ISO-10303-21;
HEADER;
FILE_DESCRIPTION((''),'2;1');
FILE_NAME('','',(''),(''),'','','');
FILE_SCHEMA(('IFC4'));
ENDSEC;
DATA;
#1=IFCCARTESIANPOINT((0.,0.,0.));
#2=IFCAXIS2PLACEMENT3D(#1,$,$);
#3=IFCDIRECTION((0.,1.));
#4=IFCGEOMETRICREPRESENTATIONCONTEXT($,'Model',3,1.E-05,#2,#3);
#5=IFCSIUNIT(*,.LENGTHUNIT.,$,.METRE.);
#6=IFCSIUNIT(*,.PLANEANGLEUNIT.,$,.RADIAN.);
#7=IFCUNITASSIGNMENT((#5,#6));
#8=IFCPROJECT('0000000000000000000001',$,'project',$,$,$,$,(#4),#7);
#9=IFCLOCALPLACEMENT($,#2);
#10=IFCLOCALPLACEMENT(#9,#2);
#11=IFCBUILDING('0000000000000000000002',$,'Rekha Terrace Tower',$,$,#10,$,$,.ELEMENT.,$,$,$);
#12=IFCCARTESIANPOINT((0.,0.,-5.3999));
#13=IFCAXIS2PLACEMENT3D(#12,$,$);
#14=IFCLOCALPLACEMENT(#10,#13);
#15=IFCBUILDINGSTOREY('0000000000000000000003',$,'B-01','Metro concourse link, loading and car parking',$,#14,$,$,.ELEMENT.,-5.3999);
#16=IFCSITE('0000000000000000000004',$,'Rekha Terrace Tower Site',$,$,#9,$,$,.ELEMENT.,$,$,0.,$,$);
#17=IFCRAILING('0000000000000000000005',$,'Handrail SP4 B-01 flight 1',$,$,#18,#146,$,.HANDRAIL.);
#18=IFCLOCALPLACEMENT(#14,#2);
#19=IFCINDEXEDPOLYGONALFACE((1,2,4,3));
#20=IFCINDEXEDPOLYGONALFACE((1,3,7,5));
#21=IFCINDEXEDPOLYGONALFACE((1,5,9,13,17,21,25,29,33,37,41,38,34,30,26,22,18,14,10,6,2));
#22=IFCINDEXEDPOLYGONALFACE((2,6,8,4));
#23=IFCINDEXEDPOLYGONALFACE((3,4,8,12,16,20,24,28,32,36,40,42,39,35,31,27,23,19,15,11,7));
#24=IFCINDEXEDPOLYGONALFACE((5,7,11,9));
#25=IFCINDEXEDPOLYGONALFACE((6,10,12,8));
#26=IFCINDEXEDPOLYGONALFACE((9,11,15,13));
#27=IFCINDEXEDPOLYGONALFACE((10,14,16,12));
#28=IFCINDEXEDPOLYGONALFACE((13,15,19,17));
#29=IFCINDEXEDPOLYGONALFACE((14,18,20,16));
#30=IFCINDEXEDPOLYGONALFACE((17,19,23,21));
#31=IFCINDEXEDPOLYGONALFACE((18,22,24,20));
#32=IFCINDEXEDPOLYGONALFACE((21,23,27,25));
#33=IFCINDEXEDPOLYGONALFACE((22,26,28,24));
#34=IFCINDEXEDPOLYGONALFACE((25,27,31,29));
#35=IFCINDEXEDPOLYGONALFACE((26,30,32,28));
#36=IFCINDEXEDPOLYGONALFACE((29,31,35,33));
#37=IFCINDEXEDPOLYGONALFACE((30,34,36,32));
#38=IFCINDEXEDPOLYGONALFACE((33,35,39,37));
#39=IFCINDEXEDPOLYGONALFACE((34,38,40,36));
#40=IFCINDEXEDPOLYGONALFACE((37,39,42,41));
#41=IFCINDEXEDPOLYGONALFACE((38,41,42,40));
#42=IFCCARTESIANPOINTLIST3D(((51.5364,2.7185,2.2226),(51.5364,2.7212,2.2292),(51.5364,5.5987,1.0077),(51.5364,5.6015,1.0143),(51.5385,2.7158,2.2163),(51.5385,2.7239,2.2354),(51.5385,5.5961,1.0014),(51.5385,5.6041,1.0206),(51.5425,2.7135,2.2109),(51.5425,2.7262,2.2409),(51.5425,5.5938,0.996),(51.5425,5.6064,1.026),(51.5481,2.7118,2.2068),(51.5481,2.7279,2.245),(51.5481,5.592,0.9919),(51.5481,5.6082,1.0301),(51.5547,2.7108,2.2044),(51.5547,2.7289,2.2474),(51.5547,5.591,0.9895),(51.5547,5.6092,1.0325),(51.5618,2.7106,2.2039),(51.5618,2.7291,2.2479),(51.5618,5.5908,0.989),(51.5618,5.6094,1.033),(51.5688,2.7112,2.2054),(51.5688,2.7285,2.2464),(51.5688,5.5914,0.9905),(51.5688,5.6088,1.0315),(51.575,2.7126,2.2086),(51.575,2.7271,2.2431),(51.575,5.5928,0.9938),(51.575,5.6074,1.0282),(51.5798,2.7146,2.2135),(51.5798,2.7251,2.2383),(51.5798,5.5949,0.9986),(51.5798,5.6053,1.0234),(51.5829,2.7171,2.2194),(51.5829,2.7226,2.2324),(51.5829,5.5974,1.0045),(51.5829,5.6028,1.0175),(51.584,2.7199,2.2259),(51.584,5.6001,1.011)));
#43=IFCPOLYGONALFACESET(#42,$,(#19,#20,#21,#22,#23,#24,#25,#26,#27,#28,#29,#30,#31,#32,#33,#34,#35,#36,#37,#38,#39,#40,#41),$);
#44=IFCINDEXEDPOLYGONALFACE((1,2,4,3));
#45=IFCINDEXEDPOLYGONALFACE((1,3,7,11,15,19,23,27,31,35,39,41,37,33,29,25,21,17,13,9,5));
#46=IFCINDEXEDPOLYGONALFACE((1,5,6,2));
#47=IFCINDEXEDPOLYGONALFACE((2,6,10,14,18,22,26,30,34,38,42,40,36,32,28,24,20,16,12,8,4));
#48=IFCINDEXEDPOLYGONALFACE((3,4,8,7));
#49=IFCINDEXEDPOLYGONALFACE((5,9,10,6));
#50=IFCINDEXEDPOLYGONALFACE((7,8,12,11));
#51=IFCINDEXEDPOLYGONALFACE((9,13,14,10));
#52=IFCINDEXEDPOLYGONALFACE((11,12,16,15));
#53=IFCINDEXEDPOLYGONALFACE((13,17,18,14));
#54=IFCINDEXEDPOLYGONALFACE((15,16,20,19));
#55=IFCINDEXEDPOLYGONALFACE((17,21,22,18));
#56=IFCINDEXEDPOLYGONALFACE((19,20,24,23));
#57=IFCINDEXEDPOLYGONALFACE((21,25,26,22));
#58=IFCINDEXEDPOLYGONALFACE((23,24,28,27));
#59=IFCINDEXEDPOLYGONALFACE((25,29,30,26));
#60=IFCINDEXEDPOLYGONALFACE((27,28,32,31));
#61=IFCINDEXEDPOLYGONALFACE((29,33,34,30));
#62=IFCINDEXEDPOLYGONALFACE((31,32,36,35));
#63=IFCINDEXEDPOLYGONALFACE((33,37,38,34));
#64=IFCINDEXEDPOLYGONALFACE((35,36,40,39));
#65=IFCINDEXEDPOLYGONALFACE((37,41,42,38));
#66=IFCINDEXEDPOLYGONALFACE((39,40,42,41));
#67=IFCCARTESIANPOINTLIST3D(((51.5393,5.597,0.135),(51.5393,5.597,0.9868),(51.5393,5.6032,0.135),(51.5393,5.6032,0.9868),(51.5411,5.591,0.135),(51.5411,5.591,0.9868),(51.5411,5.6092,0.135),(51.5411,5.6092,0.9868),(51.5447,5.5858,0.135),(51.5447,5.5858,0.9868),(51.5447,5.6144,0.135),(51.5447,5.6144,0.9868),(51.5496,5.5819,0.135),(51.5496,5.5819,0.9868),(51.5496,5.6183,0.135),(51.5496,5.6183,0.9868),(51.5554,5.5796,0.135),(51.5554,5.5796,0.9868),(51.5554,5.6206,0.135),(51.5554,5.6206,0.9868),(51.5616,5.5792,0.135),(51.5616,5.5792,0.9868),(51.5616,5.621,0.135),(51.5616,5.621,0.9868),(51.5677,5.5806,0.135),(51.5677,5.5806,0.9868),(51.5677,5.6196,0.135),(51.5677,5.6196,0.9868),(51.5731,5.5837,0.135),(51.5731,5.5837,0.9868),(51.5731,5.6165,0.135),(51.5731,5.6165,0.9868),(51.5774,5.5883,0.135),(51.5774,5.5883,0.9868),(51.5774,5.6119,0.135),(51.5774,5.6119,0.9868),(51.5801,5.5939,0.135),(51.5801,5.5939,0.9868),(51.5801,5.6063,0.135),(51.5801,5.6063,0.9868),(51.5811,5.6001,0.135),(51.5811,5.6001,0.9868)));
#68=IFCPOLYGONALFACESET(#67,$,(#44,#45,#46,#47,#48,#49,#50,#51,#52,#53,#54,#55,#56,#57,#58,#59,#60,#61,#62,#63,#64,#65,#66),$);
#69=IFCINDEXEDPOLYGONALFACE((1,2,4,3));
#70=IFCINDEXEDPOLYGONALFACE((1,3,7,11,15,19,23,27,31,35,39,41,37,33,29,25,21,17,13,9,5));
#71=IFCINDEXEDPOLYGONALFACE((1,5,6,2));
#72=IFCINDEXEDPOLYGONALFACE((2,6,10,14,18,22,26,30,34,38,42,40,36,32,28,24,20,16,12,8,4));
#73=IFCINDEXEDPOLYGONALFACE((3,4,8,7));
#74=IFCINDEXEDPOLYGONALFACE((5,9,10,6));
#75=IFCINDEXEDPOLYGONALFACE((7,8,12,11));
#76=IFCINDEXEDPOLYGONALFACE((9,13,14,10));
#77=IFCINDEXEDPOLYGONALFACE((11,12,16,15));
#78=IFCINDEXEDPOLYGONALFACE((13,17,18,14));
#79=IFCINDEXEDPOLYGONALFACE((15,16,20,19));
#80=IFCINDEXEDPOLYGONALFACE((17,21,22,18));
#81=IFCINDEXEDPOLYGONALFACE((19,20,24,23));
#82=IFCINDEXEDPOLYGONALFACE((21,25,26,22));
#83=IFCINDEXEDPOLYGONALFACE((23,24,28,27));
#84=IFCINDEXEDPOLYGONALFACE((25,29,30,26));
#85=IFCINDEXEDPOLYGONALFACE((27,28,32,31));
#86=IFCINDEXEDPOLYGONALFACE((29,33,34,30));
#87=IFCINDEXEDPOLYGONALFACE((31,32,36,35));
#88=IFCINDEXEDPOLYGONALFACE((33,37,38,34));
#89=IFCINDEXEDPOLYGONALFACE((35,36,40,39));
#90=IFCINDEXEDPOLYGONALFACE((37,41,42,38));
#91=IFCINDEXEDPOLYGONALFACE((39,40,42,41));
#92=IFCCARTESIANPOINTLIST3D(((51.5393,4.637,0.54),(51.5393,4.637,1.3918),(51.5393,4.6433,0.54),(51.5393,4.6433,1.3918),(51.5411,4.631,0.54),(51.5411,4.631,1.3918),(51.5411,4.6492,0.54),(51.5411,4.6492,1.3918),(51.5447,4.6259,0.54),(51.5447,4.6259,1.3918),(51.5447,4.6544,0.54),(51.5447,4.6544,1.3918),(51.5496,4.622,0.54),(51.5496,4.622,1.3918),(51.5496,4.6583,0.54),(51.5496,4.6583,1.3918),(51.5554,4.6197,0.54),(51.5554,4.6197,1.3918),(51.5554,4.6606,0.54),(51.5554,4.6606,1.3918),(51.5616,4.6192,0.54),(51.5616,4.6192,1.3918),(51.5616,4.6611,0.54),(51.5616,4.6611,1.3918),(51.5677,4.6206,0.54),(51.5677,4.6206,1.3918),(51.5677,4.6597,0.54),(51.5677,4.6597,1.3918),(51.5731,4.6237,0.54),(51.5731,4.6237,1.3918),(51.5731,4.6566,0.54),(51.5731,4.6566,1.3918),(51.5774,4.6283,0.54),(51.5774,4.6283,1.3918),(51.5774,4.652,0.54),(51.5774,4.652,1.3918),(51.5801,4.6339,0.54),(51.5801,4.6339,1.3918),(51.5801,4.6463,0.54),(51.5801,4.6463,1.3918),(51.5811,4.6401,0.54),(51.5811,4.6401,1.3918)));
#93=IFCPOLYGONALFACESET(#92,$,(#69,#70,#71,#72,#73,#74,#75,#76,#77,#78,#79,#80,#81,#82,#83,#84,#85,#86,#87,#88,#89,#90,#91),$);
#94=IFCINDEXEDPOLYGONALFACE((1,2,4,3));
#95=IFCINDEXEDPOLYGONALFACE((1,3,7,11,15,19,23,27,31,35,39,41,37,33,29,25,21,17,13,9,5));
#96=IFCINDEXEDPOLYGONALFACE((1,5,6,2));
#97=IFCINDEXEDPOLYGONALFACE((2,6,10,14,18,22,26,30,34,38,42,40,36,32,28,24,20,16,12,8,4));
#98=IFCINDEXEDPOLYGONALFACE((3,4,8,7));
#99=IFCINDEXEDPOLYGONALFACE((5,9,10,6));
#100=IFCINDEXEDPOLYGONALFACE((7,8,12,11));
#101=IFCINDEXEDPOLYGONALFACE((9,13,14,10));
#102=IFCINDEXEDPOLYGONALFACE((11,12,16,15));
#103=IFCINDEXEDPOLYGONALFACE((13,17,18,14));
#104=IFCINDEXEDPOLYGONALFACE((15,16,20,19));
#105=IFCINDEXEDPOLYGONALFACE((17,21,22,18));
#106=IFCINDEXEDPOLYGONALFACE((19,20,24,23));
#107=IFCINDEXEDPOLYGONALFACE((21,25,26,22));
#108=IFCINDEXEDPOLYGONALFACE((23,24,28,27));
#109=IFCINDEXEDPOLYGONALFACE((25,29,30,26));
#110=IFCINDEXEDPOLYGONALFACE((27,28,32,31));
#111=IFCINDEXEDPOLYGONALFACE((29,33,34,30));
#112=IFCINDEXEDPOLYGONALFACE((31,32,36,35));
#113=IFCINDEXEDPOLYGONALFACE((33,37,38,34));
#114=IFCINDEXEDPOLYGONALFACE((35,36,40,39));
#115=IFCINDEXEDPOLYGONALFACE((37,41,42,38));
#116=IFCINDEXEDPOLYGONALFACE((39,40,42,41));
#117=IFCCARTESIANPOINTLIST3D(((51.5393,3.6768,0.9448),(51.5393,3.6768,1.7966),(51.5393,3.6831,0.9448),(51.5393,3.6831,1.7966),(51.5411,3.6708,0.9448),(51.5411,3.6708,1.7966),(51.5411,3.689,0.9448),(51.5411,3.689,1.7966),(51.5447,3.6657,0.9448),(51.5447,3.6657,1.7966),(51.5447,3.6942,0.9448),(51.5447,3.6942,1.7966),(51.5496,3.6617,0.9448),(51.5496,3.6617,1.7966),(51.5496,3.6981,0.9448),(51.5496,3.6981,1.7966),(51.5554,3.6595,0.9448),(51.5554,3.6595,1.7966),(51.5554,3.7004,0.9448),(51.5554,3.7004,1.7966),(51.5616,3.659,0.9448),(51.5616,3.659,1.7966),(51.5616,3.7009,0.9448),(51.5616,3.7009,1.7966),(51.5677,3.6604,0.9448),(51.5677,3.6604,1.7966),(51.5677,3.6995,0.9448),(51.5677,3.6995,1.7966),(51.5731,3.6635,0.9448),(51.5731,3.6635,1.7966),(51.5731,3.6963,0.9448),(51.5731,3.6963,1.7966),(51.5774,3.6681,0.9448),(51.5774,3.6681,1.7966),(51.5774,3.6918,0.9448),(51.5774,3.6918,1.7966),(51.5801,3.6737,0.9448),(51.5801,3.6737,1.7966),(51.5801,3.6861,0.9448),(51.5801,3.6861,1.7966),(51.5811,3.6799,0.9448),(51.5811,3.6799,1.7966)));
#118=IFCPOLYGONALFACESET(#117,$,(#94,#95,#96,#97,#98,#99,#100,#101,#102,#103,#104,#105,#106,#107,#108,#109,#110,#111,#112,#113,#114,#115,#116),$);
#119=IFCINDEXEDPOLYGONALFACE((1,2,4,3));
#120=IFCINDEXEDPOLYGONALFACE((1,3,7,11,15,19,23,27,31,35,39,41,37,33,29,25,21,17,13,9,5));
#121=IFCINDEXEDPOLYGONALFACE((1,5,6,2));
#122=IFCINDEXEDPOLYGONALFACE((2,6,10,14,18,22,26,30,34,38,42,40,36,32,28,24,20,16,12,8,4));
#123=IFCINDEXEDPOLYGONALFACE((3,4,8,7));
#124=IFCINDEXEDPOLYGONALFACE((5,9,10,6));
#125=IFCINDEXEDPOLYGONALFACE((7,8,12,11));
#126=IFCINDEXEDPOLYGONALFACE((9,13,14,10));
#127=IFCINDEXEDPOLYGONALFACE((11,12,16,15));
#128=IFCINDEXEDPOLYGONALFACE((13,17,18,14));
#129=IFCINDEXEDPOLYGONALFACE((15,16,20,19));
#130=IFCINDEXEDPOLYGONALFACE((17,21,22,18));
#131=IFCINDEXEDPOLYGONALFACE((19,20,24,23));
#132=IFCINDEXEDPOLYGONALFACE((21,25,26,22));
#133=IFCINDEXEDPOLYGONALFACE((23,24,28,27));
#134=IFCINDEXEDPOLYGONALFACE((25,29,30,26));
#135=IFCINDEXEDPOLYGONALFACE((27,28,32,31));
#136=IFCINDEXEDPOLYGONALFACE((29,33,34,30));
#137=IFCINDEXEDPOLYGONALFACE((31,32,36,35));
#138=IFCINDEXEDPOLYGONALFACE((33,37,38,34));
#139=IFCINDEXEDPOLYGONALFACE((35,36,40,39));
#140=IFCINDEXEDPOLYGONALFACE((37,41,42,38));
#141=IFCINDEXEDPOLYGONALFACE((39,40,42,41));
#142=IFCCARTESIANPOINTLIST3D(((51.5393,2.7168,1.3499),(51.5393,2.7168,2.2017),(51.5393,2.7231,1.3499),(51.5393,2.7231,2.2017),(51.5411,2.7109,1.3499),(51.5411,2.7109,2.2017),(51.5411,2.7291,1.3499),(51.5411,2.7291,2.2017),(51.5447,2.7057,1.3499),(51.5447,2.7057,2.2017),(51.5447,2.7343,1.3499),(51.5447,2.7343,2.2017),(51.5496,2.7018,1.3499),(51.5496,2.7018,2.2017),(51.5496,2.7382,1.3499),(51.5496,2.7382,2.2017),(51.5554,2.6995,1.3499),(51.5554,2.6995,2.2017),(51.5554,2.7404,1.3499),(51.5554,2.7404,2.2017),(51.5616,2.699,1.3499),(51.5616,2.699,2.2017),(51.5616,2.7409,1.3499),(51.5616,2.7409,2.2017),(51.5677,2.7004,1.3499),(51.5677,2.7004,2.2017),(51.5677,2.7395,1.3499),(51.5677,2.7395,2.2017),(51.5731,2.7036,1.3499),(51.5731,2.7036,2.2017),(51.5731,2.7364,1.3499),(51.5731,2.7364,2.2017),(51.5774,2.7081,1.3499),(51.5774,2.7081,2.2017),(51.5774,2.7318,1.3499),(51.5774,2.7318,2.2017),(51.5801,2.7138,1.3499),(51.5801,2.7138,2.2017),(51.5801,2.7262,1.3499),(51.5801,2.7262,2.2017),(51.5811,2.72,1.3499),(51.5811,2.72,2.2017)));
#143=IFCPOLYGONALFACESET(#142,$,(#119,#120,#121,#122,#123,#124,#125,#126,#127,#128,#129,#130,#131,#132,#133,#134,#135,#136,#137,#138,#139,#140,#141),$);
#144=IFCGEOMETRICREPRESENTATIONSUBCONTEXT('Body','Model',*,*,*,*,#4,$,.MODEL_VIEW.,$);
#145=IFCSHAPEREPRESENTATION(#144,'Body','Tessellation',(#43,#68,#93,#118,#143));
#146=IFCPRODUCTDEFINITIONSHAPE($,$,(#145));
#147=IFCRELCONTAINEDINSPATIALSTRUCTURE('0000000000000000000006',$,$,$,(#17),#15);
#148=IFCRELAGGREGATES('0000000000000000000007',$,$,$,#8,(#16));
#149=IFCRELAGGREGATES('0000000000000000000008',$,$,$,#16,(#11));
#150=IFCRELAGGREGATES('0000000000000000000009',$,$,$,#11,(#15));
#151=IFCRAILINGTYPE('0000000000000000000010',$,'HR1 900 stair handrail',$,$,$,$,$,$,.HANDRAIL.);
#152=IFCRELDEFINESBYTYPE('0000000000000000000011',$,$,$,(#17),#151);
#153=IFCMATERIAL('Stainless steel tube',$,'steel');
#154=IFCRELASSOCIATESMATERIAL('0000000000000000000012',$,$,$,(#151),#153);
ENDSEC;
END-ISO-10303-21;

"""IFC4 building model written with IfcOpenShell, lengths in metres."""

from ifc_helpers import new_model, si_unit, direction, frame, origin, origin_2d, place, context, subcontext, project, spatial, circle, extrude, material, type_object, element, save


model = new_model("IFC4")

# Units and contexts
model_context = context("Model", 3, precision=1e-05, world=origin(), true_north=direction((0.0, 1.0)))
body_context = subcontext(model_context, "Body", "Model", "MODEL_VIEW")
ifc_project = project(units=[si_unit("LENGTHUNIT", "METRE"), si_unit("PLANEANGLEUNIT", "RADIAN")], contexts=[model_context])

# Site, building, storey
site_placement = place(None, origin())
site = spatial("IfcSite", under=ifc_project, at=site_placement, Name="Rekha Terrace Tower Site", CompositionType="ELEMENT", RefElevation=0.0)
building_placement = place(site_placement, origin())
building = spatial("IfcBuilding", under=site, at=building_placement, Name="Rekha Terrace Tower", CompositionType="ELEMENT")
storey_placement = place(building_placement, frame((0.0, 0.0, -5.3999)))
storey = spatial("IfcBuildingStorey", under=building, at=storey_placement, Name="B-01", Description="Metro concourse link, loading and car parking", CompositionType="ELEMENT", Elevation=-5.3999)

# Railing
ifc_material_1 = material(Name="Stainless steel tube", Category="steel")
railing_type_1 = type_object("IfcRailingType", Name="HR1 900 stair handrail", PredefinedType="HANDRAIL", material=ifc_material_1)
railing_1_placement = place(storey_placement, frame((51.5601, 5.6001, 0.135)))
element("IfcRailing", 1, at=railing_1_placement, inside=storey, type_object=railing_type_1, Name="Handrail SP4 B-01 flight 1", PredefinedType="HANDRAIL", context=body_context, shape_type="SweptSolid", body=[
    extrude(circle(Radius=0.0239, at=origin_2d()), frame((0.0, 0.0, 0.876), z_axis=(0.0, -0.921388, 0.388644), x_axis=(1.0, 0.0, 0.0)), (0.0, 0.0, 1.0), 3.126),
    extrude(circle(Radius=0.021, at=origin_2d()), origin(), (0.0, 0.0, 1.0), 0.8518),
    extrude(circle(Radius=0.021, at=origin_2d()), frame((0.0, -0.96, 0.405)), (0.0, 0.0, 1.0), 0.8518),
    extrude(circle(Radius=0.021, at=origin_2d()), frame((0.0, -1.9202, 0.8098)), (0.0, 0.0, 1.0), 0.8518),
    extrude(circle(Radius=0.021, at=origin_2d()), frame((0.0, -2.8801, 1.2148)), (0.0, 0.0, 1.0), 0.8518),
])

save(model, "model.ifc")
